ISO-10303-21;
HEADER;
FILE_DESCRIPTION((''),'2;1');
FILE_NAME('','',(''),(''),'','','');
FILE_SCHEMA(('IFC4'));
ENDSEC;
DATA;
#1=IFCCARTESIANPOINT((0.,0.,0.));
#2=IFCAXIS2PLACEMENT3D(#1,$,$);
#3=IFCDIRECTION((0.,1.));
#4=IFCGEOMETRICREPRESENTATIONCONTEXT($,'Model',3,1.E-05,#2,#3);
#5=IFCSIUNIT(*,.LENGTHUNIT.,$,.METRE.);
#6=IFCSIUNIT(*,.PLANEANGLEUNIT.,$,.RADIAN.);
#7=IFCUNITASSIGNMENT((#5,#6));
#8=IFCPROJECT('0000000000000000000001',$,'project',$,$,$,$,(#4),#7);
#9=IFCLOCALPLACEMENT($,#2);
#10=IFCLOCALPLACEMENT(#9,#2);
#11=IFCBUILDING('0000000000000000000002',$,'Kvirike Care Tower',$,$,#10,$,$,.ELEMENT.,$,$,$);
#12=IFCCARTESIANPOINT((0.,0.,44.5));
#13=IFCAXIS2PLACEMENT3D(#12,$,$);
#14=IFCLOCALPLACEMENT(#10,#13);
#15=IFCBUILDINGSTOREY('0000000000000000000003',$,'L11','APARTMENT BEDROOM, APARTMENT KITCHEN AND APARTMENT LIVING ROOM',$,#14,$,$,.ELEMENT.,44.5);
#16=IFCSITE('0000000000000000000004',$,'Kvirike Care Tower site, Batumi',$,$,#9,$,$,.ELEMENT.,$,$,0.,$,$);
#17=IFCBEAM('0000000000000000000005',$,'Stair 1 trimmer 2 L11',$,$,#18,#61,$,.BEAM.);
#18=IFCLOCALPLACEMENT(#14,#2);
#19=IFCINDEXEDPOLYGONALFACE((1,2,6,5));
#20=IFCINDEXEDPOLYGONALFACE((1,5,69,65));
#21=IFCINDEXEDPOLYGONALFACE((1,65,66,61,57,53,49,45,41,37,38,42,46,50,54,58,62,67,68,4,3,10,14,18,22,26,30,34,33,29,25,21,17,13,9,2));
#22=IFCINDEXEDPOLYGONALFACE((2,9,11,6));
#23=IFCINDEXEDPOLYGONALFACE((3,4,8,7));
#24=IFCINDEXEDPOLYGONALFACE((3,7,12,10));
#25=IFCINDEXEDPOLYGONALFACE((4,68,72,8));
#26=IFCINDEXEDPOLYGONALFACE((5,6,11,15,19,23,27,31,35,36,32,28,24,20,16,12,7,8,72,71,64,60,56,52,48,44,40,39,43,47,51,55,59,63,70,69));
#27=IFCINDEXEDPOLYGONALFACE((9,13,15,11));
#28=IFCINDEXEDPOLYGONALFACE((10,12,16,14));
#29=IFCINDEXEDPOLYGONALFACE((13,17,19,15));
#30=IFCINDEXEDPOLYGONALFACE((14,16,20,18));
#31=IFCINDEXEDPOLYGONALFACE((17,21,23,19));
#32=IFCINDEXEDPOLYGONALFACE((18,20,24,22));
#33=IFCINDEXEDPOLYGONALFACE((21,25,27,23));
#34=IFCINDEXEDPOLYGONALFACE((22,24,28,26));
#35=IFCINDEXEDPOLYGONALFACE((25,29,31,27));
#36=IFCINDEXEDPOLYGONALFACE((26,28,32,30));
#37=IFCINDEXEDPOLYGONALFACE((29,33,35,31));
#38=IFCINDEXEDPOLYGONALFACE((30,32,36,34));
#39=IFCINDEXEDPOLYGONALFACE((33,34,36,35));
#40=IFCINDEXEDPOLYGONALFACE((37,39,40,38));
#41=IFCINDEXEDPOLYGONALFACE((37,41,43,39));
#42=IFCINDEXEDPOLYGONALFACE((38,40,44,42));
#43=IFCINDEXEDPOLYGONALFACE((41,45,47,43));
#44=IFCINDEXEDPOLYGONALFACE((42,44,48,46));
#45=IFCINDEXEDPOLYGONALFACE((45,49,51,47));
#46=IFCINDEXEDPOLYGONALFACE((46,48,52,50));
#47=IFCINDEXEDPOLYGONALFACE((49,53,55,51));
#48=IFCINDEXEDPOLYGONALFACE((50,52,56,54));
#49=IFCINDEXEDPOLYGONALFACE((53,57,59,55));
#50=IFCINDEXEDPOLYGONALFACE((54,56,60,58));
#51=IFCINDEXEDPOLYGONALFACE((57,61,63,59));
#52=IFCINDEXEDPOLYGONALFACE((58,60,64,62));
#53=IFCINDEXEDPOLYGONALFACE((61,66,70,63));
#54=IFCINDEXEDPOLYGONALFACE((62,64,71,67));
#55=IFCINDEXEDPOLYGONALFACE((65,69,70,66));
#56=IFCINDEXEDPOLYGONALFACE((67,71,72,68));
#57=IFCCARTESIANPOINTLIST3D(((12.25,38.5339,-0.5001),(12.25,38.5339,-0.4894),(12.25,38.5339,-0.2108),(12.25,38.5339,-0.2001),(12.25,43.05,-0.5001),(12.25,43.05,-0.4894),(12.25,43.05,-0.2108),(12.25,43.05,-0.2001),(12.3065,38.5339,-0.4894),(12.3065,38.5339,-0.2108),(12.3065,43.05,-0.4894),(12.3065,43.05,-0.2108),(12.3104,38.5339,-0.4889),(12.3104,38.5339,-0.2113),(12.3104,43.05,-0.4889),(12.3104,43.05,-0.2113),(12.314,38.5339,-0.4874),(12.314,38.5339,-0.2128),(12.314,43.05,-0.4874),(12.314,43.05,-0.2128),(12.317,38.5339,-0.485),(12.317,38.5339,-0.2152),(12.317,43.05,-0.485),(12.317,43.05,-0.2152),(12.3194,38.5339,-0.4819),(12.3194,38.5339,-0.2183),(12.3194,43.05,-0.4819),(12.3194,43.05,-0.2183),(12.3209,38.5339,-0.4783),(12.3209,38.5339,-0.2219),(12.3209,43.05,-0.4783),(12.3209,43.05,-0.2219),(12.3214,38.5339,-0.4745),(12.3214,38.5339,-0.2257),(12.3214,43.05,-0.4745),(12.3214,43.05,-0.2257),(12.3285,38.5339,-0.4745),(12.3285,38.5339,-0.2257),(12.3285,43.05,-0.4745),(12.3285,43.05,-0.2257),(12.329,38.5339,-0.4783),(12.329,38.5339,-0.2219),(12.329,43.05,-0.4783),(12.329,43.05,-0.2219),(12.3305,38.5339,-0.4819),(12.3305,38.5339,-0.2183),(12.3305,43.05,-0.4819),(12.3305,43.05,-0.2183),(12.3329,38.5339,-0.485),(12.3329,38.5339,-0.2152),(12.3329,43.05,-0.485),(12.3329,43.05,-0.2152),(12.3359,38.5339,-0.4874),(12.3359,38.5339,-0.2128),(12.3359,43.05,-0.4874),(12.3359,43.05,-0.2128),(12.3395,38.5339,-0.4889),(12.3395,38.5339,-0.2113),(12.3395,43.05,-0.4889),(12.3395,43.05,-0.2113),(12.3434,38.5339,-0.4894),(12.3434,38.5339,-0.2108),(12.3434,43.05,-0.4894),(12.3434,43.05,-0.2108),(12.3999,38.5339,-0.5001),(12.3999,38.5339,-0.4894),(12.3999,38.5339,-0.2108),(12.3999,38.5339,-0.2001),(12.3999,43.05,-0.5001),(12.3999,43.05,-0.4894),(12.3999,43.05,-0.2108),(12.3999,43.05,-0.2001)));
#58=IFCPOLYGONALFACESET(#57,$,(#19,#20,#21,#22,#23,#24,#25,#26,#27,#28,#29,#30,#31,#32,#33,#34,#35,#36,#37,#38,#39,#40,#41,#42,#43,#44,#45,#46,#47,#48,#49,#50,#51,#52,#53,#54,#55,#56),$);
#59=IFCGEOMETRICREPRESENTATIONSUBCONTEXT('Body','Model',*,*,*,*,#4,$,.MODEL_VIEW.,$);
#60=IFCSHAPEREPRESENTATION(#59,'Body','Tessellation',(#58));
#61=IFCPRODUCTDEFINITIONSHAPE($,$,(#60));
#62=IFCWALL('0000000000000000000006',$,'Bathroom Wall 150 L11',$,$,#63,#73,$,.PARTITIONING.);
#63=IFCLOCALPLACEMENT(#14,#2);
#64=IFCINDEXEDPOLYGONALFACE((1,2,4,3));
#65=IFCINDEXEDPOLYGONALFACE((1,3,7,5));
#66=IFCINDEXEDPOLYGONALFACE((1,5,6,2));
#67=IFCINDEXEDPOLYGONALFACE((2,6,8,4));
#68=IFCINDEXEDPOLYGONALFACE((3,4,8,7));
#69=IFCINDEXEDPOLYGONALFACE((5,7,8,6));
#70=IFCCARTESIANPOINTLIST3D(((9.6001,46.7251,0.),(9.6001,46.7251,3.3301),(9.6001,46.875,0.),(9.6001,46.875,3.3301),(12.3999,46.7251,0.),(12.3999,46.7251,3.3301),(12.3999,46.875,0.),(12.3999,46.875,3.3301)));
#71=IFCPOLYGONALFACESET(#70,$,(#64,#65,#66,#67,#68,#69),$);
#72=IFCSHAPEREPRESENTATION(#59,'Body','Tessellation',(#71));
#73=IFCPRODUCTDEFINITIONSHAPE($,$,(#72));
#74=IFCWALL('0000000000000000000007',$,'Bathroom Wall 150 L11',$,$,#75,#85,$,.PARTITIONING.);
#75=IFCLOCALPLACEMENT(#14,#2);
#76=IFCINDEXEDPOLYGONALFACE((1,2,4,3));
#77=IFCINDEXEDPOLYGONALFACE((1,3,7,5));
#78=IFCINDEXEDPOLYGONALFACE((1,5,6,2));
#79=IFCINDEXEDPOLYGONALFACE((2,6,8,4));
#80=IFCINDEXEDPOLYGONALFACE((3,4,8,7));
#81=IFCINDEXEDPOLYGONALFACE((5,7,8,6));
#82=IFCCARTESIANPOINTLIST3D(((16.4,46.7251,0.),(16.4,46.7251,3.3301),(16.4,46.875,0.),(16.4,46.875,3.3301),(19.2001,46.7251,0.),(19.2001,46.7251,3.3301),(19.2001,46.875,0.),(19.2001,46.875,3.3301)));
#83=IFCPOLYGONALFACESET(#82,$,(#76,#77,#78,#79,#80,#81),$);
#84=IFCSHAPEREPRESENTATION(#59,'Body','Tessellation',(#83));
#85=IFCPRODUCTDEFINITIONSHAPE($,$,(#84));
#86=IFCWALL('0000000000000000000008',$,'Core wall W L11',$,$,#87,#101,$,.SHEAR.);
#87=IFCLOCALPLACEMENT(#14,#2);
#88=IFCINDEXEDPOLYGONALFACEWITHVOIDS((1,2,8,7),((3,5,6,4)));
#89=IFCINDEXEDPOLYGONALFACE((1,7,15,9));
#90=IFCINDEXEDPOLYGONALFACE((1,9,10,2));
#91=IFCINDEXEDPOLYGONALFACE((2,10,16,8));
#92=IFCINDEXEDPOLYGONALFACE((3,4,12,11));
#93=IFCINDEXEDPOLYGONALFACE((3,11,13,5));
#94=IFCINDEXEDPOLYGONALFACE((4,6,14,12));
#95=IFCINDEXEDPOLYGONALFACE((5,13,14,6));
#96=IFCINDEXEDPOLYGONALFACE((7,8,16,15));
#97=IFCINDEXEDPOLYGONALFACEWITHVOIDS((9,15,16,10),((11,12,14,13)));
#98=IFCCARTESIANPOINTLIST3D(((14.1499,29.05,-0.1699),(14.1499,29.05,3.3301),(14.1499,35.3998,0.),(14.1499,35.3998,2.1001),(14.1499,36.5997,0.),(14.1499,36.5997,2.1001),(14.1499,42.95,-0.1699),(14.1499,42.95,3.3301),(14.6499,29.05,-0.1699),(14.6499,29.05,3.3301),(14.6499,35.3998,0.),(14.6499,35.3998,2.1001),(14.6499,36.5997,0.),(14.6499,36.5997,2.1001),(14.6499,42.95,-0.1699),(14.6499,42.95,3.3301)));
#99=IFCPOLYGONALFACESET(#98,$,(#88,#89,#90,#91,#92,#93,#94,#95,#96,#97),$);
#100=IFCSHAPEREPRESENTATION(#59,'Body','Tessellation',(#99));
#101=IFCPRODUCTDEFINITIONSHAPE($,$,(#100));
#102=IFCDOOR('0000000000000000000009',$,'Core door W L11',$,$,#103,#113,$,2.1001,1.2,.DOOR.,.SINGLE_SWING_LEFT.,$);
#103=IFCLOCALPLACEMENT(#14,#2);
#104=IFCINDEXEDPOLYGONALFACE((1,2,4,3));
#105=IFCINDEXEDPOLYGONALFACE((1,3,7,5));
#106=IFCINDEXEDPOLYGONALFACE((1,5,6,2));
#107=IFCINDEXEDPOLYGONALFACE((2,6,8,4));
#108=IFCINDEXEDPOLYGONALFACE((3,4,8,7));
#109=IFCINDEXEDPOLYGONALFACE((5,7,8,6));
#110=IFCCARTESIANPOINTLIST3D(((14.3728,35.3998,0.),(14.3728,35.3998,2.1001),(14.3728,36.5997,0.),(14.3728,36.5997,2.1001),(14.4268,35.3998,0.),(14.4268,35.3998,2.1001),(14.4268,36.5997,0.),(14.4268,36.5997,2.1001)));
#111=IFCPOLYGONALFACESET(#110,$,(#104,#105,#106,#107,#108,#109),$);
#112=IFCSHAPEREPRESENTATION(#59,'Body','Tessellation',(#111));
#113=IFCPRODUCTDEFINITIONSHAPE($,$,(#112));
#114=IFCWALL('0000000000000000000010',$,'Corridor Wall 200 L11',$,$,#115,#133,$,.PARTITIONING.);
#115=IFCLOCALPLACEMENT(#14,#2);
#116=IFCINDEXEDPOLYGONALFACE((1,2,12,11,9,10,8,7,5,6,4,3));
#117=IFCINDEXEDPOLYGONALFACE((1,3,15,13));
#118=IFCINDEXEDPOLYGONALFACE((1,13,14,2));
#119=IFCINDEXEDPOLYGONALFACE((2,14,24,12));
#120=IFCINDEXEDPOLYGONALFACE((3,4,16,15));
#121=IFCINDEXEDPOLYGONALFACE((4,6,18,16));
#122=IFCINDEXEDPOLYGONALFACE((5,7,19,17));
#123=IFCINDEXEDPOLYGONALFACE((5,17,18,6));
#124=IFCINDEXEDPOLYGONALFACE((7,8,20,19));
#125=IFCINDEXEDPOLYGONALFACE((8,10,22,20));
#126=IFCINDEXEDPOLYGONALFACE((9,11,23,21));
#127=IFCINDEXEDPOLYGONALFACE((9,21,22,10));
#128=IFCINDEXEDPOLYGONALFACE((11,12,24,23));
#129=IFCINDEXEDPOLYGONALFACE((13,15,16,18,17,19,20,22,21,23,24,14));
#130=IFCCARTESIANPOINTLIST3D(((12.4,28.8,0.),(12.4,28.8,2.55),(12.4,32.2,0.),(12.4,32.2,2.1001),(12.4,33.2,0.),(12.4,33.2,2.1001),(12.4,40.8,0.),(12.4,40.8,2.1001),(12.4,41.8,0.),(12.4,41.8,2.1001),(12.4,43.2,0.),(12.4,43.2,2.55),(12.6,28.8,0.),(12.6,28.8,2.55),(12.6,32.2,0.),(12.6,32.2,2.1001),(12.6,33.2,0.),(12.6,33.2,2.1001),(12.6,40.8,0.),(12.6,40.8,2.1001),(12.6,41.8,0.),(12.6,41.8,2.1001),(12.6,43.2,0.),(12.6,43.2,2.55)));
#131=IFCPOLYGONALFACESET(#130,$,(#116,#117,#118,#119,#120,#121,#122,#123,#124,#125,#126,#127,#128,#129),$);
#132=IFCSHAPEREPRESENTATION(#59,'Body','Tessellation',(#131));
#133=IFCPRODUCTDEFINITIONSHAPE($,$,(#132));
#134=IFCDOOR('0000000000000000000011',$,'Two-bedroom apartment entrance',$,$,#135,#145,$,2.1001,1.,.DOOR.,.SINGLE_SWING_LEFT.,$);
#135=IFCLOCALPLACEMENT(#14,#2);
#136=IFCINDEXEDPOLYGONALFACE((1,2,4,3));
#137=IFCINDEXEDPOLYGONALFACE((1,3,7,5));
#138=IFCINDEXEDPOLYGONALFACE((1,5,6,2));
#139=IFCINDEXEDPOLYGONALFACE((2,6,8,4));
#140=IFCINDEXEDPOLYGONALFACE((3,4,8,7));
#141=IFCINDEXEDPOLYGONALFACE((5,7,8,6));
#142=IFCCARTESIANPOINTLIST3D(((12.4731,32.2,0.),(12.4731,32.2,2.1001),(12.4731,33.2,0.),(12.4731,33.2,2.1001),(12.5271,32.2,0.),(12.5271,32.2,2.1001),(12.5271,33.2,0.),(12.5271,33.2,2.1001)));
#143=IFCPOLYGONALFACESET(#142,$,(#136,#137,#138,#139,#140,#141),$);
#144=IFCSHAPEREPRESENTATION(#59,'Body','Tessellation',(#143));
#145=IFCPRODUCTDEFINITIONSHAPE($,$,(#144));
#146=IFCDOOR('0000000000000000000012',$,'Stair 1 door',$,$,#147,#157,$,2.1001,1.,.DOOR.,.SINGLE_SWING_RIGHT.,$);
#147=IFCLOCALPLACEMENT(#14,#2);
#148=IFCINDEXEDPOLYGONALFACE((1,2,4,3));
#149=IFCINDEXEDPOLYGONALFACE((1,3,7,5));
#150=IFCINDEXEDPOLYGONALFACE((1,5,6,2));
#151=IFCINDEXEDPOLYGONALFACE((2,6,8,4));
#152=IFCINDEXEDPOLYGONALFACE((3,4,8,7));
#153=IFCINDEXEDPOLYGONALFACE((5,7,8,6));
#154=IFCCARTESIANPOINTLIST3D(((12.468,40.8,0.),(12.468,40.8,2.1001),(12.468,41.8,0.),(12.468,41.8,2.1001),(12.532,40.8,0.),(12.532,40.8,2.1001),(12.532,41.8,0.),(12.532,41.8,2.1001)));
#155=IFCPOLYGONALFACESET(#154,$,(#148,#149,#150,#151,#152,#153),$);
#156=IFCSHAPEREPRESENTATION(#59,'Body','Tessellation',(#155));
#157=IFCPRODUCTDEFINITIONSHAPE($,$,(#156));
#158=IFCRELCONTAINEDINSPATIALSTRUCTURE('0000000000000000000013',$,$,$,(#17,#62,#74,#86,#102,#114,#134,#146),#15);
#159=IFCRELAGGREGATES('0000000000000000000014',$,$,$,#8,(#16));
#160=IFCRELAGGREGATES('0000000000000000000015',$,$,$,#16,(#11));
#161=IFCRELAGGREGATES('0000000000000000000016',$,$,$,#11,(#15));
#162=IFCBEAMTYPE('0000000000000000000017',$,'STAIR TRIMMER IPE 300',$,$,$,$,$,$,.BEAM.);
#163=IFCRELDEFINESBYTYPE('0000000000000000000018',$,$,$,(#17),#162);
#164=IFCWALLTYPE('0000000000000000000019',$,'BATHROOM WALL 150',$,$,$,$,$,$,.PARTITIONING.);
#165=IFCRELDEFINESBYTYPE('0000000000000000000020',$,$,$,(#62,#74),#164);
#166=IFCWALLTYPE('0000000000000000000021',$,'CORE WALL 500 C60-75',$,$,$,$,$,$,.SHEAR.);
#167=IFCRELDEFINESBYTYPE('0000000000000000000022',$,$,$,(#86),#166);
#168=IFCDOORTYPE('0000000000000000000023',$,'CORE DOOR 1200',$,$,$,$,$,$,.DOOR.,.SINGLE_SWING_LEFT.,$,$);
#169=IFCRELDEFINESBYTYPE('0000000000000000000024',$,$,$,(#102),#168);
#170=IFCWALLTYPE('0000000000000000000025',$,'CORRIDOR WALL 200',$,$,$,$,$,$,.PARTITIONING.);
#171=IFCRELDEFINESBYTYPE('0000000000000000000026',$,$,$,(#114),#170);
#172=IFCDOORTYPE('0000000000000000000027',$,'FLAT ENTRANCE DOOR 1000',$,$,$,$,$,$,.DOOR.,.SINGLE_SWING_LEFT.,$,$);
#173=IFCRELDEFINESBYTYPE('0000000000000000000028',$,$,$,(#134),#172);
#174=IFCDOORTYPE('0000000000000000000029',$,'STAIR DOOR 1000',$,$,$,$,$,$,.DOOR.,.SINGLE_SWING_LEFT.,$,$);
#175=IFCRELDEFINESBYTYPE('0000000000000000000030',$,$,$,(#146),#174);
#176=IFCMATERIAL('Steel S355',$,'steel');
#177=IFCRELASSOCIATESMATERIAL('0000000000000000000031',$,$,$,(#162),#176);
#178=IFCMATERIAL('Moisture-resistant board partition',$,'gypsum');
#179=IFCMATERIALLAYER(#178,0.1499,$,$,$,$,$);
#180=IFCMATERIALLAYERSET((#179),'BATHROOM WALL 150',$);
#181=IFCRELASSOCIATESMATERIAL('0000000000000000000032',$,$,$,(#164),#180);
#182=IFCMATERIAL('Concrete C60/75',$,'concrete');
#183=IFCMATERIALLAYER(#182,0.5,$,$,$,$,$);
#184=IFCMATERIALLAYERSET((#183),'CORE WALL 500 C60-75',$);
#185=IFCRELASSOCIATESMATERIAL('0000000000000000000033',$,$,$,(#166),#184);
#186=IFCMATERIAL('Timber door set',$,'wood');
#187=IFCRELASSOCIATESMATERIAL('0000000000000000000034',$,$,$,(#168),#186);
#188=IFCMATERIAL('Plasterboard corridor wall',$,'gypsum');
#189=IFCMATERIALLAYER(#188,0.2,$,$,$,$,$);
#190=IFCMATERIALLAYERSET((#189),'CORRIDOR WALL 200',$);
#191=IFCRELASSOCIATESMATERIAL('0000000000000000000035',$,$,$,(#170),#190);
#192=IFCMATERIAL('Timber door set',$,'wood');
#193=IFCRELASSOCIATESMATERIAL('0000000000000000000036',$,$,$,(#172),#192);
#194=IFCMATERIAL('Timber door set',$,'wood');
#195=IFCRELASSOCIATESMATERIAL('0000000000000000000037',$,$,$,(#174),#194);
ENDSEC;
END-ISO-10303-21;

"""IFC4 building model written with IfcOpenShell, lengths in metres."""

from ifc_helpers import new_model, si_unit, direction, frame, frame_2d, origin, origin_2d, place, context, subcontext, project, spatial, rectangle, i_section, extrude, material, layer, layer_set, material_profile, profile_set, type_object, element, fill, save


model = new_model("IFC4")

# Units and contexts
model_context = context("Model", 3, precision=1e-05, world=origin(), true_north=direction((0.0, 1.0)))
body_context = subcontext(model_context, "Body", "Model", "MODEL_VIEW")
ifc_project = project(units=[si_unit("LENGTHUNIT", "METRE"), si_unit("PLANEANGLEUNIT", "RADIAN")], contexts=[model_context])

# Site, building, storey
site_placement = place(None, origin())
site = spatial("IfcSite", under=ifc_project, at=site_placement, Name="Kvirike Care Tower site, Batumi", CompositionType="ELEMENT", RefElevation=0.0)
building_placement = place(site_placement, origin())
building = spatial("IfcBuilding", under=site, at=building_placement, Name="Kvirike Care Tower", CompositionType="ELEMENT")
storey_placement = place(building_placement, frame((0.0, 0.0, 44.5)))
storey = spatial("IfcBuildingStorey", under=building, at=storey_placement, Name="L11", Description="APARTMENT BEDROOM, APARTMENT KITCHEN AND APARTMENT LIVING ROOM", CompositionType="ELEMENT", Elevation=44.5)

# Beam
ifc_material_1 = material(Name="Steel S355", Category="steel")
ifc_material_profile_1 = material_profile(ifc_material_1, i_section(OverallWidth=0.1499, OverallDepth=0.3, WebThickness=0.0071, FlangeThickness=0.0107, FilletRadius=0.0149, at=origin_2d()), Name="IPE 300")
ifc_profile_set_1 = profile_set([ifc_material_profile_1], Name="Steel S355")
beam_type_1 = type_object("IfcBeamType", Name="STAIR TRIMMER IPE 300", PredefinedType="BEAM", material=ifc_profile_set_1)
for number, where, z_axis, x_axis, name in (
    (1, (12.325, 43.05, -0.3501), (0.0, -1.0, 0.0), (1.0, 0.0, 0.0), "Stair 1 trimmer 2 L11"),
):
    element("IfcBeam", number, at=place(storey_placement, frame(where, z_axis=z_axis, x_axis=x_axis)), inside=storey, type_object=beam_type_1, Name=name, PredefinedType="BEAM", context=body_context, shape_type="SweptSolid", body=[
        extrude(i_section(OverallWidth=0.1499, OverallDepth=0.3, WebThickness=0.0071, FlangeThickness=0.0107, FilletRadius=0.0149, at=origin_2d()), origin(), (0.0, 0.0, 1.0), 4.5161),
    ])

# Walls
ifc_material_2 = material(Name="Moisture-resistant board partition", Category="gypsum")
ifc_layer_1 = layer(ifc_material_2, 0.1499)
ifc_layer_set_1 = layer_set([ifc_layer_1], Name="BATHROOM WALL 150")
wall_type_1 = type_object("IfcWallType", Name="BATHROOM WALL 150", PredefinedType="PARTITIONING", material=ifc_layer_set_1)
wall_1_placement = place(storey_placement, frame((12.3999, 46.8, 0.0), z_axis=(0.0, 0.0, 1.0), x_axis=(-1.0, 0.0, 0.0)))
element("IfcWall", 2, at=wall_1_placement, inside=storey, type_object=wall_type_1, Name="Bathroom Wall 150 L11", PredefinedType="PARTITIONING", context=body_context, shape_type="SweptSolid", body=[
    extrude(rectangle(XDim=2.7998, YDim=0.1499, at=frame_2d((1.3999, 0.0))), origin(), (0.0, 0.0, 1.0), 3.3301),
])
wall_2_placement = place(storey_placement, frame((19.2, 46.8, 0.0), z_axis=(0.0, 0.0, 1.0), x_axis=(-1.0, 0.0, 0.0)))
element("IfcWall", 3, at=wall_2_placement, inside=storey, type_object=wall_type_1, Name="Bathroom Wall 150 L11", PredefinedType="PARTITIONING", context=body_context, shape_type="SweptSolid", body=[
    extrude(rectangle(XDim=2.8, YDim=0.1499, at=frame_2d((1.3999, 0.0))), origin(), (0.0, 0.0, 1.0), 3.3301),
])

# Wall, opening, door
ifc_material_3 = material(Name="Concrete C60/75", Category="concrete")
ifc_layer_2 = layer(ifc_material_3, 0.5)
ifc_layer_set_2 = layer_set([ifc_layer_2], Name="CORE WALL 500 C60-75")
wall_type_2 = type_object("IfcWallType", Name="CORE WALL 500 C60-75", PredefinedType="SHEAR", material=ifc_layer_set_2)
wall_3_placement = place(storey_placement, frame((14.3999, 42.95, -0.1699), z_axis=(0.0, 0.0, 1.0), x_axis=(0.0, -1.0, 0.0)))
wall_3 = element("IfcWall", 4, at=wall_3_placement, inside=storey, type_object=wall_type_2, Name="Core wall W L11", PredefinedType="SHEAR", context=body_context, shape_type="SweptSolid", body=[
    extrude(rectangle(XDim=13.8999, YDim=0.5, at=frame_2d((6.95, 0.0))), origin(), (0.0, 0.0, 1.0), 3.5),
])
opening_1_placement = place(wall_3_placement, frame((6.3501, 0.0, 0.1699)))
opening_1 = element("IfcOpeningElement", 5, at=opening_1_placement, cuts=wall_3, PredefinedType="OPENING", context=body_context, shape_type="SweptSolid", body=[
    extrude(rectangle(XDim=1.2, YDim=2.1001, at=frame_2d((0.6001, 1.05))), frame((0.0, 0.2605, 0.0), z_axis=(0.0, -1.0, 0.0), x_axis=(1.0, 0.0, 0.0)), (0.0, 0.0, 1.0), 0.521),
])
ifc_material_4 = material(Name="Timber door set", Category="wood")
door_type_1 = type_object("IfcDoorType", Name="CORE DOOR 1200", OperationType="SINGLE_SWING_LEFT", PredefinedType="DOOR", material=ifc_material_4)
door_1_placement = place(opening_1_placement, origin())
door_1 = element("IfcDoor", 6, at=door_1_placement, inside=storey, type_object=door_type_1, Name="Core door W L11", OperationType="SINGLE_SWING_LEFT", OverallHeight=2.1001, OverallWidth=1.2, PredefinedType="DOOR", context=body_context, shape_type="SweptSolid", body=[
    extrude(rectangle(XDim=1.2, YDim=2.1001, at=frame_2d((0.6001, 1.05))), frame((0.0, 0.0269, 0.0), z_axis=(0.0, -1.0, 0.0), x_axis=(1.0, 0.0, 0.0)), (0.0, 0.0, 1.0), 0.054),
])
fill(opening_1, door_1)

# Wall, openings, doors
ifc_material_5 = material(Name="Plasterboard corridor wall", Category="gypsum")
ifc_layer_3 = layer(ifc_material_5, 0.2)
ifc_layer_set_3 = layer_set([ifc_layer_3], Name="CORRIDOR WALL 200")
wall_type_3 = type_object("IfcWallType", Name="CORRIDOR WALL 200", PredefinedType="PARTITIONING", material=ifc_layer_set_3)
wall_4_placement = place(storey_placement, frame((12.5, 43.2, 0.0), z_axis=(0.0, 0.0, 1.0), x_axis=(0.0, -1.0, 0.0)))
wall_4 = element("IfcWall", 7, at=wall_4_placement, inside=storey, type_object=wall_type_3, Name="Corridor Wall 200 L11", PredefinedType="PARTITIONING", context=body_context, shape_type="SweptSolid", body=[
    extrude(rectangle(XDim=14.3999, YDim=0.2, at=frame_2d((7.2, 0.0))), origin(), (0.0, 0.0, 1.0), 2.55),
])
opening_2_placement = place(wall_4_placement, frame((1.3999, 0.0, 0.0)))
opening_2 = element("IfcOpeningElement", 8, at=opening_2_placement, cuts=wall_4, PredefinedType="OPENING", context=body_context, shape_type="SweptSolid", body=[
    extrude(rectangle(XDim=1.0, YDim=2.1001, at=frame_2d((0.5, 1.05))), frame((0.0, 0.1106, 0.0), z_axis=(0.0, -1.0, 0.0), x_axis=(1.0, 0.0, 0.0)), (0.0, 0.0, 1.0), 0.2209),
])
opening_3_placement = place(wall_4_placement, frame((10.0, 0.0, 0.0)))
opening_3 = element("IfcOpeningElement", 9, at=opening_3_placement, cuts=wall_4, PredefinedType="OPENING", context=body_context, shape_type="SweptSolid", body=[
    extrude(rectangle(XDim=1.0, YDim=2.1001, at=frame_2d((0.5, 1.05))), frame((0.0, 0.1106, 0.0), z_axis=(0.0, -1.0, 0.0), x_axis=(1.0, 0.0, 0.0)), (0.0, 0.0, 1.0), 0.2209),
])
ifc_material_6 = material(Name="Timber door set", Category="wood")
door_type_2 = type_object("IfcDoorType", Name="FLAT ENTRANCE DOOR 1000", OperationType="SINGLE_SWING_LEFT", PredefinedType="DOOR", material=ifc_material_6)
door_2_placement = place(opening_3_placement, frame((1.0, 0.0, 0.0), z_axis=(0.0, 0.0, 1.0), x_axis=(-1.0, 0.0, 0.0)))
door_2 = element("IfcDoor", 10, at=door_2_placement, inside=storey, type_object=door_type_2, Name="Two-bedroom apartment entrance", OperationType="SINGLE_SWING_LEFT", OverallHeight=2.1001, OverallWidth=1.0, PredefinedType="DOOR", context=body_context, shape_type="SweptSolid", body=[
    extrude(rectangle(XDim=1.0, YDim=2.1001, at=frame_2d((0.5, 1.05))), frame((0.0, 0.0269, 0.0), z_axis=(0.0, -1.0, 0.0), x_axis=(1.0, 0.0, 0.0)), (0.0, 0.0, 1.0), 0.054),
])
fill(opening_3, door_2)
ifc_material_7 = material(Name="Timber door set", Category="wood")
door_type_3 = type_object("IfcDoorType", Name="STAIR DOOR 1000", OperationType="SINGLE_SWING_LEFT", PredefinedType="DOOR", material=ifc_material_7)
door_3_placement = place(opening_2_placement, frame((1.0, 0.0, 0.0), z_axis=(0.0, 0.0, 1.0), x_axis=(-1.0, 0.0, 0.0)))
door_3 = element("IfcDoor", 11, at=door_3_placement, inside=storey, type_object=door_type_3, Name="Stair 1 door", OperationType="SINGLE_SWING_RIGHT", OverallHeight=2.1001, OverallWidth=1.0, PredefinedType="DOOR", context=body_context, shape_type="SweptSolid", body=[
    extrude(rectangle(XDim=1.0, YDim=2.1001, at=frame_2d((0.5, 1.05))), frame((0.0, 0.032, 0.0), z_axis=(0.0, -1.0, 0.0), x_axis=(1.0, 0.0, 0.0)), (0.0, 0.0, 1.0), 0.064),
])
fill(opening_2, door_3)

save(model, "model.ifc")
